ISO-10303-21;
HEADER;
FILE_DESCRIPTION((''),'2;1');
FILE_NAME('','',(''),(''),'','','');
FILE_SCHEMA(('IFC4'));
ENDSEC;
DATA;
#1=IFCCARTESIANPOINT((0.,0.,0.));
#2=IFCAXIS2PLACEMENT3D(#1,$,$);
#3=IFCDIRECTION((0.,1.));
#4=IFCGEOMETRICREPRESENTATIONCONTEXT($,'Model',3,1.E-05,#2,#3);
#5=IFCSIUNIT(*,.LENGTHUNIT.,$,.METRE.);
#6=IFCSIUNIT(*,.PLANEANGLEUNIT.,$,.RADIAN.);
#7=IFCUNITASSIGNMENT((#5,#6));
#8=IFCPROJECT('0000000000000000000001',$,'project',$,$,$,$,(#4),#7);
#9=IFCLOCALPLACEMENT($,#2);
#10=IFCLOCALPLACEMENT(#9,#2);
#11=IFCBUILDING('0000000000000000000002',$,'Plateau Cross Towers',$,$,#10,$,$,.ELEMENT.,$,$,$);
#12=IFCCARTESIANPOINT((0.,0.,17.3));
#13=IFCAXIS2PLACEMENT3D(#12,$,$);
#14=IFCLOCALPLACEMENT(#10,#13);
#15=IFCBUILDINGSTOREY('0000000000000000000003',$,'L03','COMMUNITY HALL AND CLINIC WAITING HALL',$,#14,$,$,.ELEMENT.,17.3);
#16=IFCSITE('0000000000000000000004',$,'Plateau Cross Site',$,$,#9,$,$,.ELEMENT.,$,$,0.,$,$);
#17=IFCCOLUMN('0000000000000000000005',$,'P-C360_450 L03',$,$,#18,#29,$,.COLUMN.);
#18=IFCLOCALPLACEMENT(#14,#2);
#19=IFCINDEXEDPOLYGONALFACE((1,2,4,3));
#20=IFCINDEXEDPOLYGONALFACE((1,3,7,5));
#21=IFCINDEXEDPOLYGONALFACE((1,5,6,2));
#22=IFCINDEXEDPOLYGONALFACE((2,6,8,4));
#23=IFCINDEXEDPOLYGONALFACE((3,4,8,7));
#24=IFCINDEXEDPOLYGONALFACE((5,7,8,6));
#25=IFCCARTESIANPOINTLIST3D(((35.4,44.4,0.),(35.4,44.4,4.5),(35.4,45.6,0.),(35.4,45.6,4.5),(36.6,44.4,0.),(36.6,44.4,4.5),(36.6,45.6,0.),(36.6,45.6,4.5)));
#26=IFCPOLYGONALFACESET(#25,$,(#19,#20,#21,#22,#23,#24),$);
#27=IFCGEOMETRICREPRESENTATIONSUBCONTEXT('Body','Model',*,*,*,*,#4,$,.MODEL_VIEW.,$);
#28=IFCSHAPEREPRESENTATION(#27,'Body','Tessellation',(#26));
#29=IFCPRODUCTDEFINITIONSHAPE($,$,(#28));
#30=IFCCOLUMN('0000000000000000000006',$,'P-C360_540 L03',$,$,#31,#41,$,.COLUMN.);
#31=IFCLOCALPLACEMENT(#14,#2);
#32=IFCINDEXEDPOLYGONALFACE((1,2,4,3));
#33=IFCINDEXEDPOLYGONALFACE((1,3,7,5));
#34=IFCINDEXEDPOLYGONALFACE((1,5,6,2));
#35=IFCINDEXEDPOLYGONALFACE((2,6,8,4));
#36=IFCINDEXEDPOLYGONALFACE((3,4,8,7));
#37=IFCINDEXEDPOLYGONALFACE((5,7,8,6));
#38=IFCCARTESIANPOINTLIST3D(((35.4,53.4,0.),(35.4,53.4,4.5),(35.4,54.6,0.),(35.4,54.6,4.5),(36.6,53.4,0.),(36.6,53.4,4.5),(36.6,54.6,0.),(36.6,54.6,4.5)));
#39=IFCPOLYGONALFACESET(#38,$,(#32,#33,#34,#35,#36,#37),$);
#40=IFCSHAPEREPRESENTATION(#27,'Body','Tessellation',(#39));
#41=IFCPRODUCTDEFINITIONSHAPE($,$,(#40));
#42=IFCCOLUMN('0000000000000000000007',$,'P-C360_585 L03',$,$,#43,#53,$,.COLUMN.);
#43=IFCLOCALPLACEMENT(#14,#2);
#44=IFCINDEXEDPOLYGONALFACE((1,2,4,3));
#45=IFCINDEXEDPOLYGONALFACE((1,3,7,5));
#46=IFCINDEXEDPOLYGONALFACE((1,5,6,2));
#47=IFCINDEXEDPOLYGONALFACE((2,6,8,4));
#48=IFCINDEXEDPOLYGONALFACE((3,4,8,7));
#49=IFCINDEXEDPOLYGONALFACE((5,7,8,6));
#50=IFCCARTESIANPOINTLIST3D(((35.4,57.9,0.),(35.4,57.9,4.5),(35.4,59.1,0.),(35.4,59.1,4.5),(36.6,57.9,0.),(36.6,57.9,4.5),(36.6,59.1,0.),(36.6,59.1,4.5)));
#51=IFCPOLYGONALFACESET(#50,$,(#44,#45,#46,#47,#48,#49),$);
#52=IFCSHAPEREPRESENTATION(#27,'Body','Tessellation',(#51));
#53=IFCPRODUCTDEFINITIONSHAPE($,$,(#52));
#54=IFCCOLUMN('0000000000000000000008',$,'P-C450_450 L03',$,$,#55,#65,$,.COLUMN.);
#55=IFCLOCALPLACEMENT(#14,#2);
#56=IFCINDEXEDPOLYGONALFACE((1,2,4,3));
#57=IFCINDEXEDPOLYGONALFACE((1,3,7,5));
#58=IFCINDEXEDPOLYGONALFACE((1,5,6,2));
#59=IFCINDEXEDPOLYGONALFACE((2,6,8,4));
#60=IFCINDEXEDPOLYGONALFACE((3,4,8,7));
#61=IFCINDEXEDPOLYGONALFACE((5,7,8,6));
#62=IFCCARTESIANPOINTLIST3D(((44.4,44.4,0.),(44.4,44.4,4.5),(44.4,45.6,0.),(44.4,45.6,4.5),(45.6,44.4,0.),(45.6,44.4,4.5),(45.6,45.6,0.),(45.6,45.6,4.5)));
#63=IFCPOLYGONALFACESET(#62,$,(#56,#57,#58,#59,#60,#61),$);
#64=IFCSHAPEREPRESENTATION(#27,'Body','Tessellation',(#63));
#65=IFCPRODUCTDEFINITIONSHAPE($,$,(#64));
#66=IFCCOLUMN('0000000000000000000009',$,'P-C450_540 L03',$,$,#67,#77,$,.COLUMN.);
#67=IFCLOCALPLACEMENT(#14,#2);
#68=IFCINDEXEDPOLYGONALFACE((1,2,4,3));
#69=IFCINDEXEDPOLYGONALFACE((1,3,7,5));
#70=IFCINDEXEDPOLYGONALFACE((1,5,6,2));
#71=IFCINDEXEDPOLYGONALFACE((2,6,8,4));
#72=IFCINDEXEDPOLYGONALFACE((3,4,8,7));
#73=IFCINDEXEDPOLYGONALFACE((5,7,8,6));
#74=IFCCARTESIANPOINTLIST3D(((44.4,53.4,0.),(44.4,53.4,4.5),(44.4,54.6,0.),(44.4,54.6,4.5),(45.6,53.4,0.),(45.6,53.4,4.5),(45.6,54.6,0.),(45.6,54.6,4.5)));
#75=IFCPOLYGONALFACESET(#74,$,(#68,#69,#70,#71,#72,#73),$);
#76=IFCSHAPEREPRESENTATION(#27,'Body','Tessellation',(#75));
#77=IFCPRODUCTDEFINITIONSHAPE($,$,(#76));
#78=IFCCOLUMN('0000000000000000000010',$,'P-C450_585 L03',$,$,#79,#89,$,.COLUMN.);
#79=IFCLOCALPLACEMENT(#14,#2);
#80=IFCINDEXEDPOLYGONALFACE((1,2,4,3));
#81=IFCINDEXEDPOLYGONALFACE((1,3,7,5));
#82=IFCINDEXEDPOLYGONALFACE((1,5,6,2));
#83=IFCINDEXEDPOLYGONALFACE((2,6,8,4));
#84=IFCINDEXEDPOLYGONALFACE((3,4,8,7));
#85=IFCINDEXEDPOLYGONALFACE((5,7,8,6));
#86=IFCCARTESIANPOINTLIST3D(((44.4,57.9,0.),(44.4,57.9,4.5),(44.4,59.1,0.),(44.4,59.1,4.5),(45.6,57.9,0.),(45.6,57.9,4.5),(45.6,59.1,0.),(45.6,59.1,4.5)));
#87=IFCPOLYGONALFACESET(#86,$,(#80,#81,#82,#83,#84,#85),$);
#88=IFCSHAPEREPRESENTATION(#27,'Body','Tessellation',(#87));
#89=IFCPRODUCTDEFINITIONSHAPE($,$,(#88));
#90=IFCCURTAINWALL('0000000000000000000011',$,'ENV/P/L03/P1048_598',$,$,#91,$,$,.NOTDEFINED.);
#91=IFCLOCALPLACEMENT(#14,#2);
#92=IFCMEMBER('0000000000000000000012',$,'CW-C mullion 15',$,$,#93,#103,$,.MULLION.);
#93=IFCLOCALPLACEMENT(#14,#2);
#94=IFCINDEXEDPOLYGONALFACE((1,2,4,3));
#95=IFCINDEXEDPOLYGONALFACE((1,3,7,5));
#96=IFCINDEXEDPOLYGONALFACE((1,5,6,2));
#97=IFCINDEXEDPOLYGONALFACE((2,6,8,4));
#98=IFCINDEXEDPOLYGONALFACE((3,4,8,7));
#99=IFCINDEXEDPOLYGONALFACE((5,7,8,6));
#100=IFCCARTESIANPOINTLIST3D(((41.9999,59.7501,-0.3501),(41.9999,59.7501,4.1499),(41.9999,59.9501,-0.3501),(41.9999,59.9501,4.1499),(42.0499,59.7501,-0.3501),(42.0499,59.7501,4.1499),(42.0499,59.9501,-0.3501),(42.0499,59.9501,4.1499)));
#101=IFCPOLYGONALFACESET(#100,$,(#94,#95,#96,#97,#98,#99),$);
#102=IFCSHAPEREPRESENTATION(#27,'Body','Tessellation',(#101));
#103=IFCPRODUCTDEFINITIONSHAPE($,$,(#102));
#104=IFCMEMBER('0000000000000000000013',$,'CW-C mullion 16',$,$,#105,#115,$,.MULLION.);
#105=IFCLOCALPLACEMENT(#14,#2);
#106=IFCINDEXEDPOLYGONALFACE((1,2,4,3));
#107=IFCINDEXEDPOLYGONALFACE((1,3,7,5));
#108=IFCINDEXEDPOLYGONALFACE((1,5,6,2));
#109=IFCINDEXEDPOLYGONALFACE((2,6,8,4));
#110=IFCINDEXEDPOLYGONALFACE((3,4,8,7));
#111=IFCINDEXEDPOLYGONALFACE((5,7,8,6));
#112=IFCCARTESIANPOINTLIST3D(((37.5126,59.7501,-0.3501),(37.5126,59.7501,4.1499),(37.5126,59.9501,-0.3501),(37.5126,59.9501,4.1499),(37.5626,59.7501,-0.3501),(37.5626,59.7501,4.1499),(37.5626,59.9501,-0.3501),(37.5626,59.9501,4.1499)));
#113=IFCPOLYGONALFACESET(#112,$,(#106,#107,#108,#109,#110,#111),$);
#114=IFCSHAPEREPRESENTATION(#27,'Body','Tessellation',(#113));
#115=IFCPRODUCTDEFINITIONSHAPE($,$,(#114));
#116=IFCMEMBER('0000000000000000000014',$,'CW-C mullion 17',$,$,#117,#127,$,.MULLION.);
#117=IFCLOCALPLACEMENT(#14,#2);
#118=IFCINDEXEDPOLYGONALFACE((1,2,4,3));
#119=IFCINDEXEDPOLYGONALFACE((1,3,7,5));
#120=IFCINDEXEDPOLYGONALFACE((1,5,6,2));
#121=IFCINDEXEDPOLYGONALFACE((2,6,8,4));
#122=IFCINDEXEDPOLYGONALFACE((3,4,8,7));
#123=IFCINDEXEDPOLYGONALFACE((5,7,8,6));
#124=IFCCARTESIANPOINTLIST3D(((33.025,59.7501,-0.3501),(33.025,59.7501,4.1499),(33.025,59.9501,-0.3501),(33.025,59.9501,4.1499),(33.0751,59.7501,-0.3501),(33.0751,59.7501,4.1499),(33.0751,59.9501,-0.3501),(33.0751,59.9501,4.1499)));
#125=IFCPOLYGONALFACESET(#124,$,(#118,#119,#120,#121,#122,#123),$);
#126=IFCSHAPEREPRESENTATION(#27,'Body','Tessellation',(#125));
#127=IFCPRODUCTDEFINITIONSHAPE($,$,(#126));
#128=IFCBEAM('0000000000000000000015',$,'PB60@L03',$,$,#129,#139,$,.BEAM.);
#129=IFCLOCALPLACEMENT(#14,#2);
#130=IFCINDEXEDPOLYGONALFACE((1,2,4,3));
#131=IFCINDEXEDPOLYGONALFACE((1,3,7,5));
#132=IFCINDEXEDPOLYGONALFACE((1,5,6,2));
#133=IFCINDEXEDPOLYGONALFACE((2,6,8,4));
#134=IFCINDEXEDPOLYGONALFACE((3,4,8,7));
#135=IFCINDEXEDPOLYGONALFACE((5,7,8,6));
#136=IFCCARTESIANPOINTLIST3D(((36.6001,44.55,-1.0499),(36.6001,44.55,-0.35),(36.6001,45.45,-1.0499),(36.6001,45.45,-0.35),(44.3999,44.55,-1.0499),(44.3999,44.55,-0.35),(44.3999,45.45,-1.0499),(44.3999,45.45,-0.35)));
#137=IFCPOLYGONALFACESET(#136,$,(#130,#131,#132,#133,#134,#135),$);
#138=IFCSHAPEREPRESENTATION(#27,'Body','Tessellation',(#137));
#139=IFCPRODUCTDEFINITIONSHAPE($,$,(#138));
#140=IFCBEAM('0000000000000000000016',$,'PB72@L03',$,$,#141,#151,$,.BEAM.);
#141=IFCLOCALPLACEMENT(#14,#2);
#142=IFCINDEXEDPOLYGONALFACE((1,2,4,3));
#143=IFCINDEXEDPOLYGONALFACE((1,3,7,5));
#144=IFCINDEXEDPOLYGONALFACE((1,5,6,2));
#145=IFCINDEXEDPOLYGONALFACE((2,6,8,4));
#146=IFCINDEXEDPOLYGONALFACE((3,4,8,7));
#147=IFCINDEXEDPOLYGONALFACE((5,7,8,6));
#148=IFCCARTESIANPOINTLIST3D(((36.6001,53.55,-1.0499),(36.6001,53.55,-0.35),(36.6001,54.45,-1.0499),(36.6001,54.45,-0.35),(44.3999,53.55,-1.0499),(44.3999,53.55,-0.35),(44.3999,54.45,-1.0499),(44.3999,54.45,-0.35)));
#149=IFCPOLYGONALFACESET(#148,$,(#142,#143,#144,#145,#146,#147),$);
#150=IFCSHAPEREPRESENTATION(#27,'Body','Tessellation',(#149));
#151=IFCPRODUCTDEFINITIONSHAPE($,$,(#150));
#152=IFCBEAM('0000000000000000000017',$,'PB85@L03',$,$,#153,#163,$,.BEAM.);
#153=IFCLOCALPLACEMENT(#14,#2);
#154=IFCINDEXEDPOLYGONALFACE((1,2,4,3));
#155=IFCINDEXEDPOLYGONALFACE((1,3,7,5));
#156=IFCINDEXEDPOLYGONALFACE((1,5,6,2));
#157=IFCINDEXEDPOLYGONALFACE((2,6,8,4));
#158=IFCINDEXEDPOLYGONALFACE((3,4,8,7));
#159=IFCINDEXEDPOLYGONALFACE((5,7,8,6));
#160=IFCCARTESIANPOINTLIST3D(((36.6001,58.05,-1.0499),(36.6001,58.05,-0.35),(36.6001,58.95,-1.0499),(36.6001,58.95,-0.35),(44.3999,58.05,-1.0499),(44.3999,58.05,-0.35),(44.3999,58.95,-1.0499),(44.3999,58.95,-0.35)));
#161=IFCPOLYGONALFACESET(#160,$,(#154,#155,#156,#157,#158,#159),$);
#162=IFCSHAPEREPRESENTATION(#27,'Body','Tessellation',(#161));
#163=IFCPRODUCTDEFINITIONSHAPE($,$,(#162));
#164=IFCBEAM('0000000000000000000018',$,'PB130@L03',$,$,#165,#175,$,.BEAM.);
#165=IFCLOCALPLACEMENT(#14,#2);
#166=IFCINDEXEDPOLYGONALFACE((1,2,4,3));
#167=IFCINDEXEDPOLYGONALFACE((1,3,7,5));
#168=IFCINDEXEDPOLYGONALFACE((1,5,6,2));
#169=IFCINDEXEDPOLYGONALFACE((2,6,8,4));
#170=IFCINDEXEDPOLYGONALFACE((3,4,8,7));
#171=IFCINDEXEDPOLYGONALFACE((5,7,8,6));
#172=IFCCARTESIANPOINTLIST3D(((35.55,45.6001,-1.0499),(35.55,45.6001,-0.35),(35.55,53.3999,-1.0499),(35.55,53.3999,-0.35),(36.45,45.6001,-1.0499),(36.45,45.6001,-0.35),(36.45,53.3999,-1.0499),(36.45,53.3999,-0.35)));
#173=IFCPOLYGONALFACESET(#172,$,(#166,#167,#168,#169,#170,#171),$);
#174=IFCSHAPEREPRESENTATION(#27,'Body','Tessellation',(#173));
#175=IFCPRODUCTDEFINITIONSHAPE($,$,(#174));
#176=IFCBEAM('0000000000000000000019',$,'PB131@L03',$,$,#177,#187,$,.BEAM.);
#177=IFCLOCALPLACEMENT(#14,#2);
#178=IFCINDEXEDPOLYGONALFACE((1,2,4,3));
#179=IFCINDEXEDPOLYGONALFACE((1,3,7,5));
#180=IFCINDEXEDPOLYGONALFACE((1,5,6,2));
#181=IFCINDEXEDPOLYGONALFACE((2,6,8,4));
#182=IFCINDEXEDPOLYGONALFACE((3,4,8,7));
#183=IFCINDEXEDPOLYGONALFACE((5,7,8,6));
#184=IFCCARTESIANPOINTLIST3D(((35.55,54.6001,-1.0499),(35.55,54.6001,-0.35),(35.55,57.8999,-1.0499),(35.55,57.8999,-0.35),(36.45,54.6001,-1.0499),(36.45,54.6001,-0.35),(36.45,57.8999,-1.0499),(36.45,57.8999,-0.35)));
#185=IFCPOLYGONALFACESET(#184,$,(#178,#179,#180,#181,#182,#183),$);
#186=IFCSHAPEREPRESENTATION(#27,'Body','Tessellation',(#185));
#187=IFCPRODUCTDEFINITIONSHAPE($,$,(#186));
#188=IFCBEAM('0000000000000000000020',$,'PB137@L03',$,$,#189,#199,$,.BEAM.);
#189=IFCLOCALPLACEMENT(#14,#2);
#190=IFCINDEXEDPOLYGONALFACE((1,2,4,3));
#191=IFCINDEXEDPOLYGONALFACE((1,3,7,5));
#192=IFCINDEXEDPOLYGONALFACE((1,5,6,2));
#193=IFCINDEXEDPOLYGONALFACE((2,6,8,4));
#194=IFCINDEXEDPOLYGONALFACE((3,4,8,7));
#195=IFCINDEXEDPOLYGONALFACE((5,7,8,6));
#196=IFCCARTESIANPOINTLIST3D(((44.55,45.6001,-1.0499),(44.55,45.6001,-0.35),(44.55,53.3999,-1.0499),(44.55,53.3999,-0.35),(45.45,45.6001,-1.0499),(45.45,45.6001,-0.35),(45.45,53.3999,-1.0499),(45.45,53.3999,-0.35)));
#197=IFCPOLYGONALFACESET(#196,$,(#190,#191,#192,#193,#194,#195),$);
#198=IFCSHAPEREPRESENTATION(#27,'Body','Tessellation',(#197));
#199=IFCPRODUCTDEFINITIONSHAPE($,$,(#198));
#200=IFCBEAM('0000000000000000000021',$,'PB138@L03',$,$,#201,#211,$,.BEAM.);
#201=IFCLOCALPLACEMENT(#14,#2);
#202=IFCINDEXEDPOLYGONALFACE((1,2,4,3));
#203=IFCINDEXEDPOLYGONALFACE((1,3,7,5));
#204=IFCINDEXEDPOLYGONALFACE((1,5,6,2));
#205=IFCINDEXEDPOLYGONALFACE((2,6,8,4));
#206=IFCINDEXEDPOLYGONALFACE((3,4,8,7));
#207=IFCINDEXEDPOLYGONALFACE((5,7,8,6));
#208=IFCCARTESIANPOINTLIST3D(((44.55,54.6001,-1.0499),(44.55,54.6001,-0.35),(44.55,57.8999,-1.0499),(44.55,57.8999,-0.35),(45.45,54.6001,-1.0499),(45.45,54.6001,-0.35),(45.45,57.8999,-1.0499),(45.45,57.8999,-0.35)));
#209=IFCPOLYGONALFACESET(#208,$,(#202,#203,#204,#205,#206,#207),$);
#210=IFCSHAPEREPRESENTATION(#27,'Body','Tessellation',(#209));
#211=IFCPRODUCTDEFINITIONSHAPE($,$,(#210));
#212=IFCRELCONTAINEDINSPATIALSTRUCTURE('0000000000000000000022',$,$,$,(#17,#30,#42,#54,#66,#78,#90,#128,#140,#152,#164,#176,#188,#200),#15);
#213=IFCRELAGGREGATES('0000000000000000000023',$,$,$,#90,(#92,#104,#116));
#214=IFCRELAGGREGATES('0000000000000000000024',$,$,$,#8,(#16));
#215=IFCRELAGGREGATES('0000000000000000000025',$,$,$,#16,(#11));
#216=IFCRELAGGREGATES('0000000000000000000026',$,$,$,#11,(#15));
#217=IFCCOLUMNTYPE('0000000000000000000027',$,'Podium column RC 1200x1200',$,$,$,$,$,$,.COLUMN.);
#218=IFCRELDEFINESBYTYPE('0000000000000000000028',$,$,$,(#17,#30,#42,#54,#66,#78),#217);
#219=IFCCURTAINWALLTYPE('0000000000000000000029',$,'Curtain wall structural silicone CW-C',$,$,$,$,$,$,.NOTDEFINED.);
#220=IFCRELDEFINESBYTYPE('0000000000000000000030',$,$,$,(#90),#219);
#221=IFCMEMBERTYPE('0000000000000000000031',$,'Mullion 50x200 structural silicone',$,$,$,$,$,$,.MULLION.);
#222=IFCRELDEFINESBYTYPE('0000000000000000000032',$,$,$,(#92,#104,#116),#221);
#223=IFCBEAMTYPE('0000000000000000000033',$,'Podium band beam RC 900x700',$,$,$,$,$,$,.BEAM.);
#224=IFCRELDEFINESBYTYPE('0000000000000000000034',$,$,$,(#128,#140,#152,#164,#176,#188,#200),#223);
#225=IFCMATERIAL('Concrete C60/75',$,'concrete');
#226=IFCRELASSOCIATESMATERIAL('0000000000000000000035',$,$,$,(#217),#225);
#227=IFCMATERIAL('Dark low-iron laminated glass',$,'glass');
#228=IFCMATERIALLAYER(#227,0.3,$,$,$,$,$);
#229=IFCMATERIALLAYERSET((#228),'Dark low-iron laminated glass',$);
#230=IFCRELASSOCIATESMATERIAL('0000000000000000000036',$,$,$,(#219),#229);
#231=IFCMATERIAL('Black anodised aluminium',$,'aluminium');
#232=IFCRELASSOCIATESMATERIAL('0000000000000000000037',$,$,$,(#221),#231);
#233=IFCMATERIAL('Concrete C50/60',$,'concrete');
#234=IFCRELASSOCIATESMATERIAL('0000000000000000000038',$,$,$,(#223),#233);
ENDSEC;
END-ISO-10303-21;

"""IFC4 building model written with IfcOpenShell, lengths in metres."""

from ifc_helpers import new_model, si_unit, direction, frame, origin, origin_2d, place, context, subcontext, project, spatial, rectangle, extrude, material, layer, layer_set, material_profile, profile_set, type_object, element, aggregate, save


model = new_model("IFC4")

# Units and contexts
model_context = context("Model", 3, precision=1e-05, world=origin(), true_north=direction((0.0, 1.0)))
body_context = subcontext(model_context, "Body", "Model", "MODEL_VIEW")
ifc_project = project(units=[si_unit("LENGTHUNIT", "METRE"), si_unit("PLANEANGLEUNIT", "RADIAN")], contexts=[model_context])

# Site, building, storey
site_placement = place(None, origin())
site = spatial("IfcSite", under=ifc_project, at=site_placement, Name="Plateau Cross Site", CompositionType="ELEMENT", RefElevation=0.0)
building_placement = place(site_placement, origin())
building = spatial("IfcBuilding", under=site, at=building_placement, Name="Plateau Cross Towers", CompositionType="ELEMENT")
storey_placement = place(building_placement, frame((0.0, 0.0, 17.3)))
storey = spatial("IfcBuildingStorey", under=building, at=storey_placement, Name="L03", Description="COMMUNITY HALL AND CLINIC WAITING HALL", CompositionType="ELEMENT", Elevation=17.3)

# Columns
ifc_material_1 = material(Name="Concrete C60/75", Category="concrete")
ifc_material_profile_1 = material_profile(ifc_material_1, rectangle(XDim=1.2, YDim=1.2, at=origin_2d()), Name="RC 1200x1200")
ifc_profile_set_1 = profile_set([ifc_material_profile_1], Name="Concrete C60/75")
column_type = type_object("IfcColumnType", Name="Podium column RC 1200x1200", PredefinedType="COLUMN", material=ifc_profile_set_1)
for number, where, z_axis, x_axis, name in (
    (1, (36.0, 45.0, 0.0), (0.0, 0.0, 1.0), (1.0, 0.0, 0.0), "P-C360_450 L03"),
    (2, (36.0, 54.0, 0.0), (0.0, 0.0, 1.0), (1.0, 0.0, 0.0), "P-C360_540 L03"),
    (3, (36.0, 58.5, 0.0), (0.0, 0.0, 1.0), (1.0, 0.0, 0.0), "P-C360_585 L03"),
    (4, (45.0, 45.0, 0.0), (0.0, 0.0, 1.0), (1.0, 0.0, 0.0), "P-C450_450 L03"),
    (5, (45.0, 54.0, 0.0), (0.0, 0.0, 1.0), (1.0, 0.0, 0.0), "P-C450_540 L03"),
    (6, (45.0, 58.5, 0.0), (0.0, 0.0, 1.0), (1.0, 0.0, 0.0), "P-C450_585 L03"),
):
    element("IfcColumn", number, at=place(storey_placement, frame(where, z_axis=z_axis, x_axis=x_axis)), inside=storey, type_object=column_type, Name=name, PredefinedType="COLUMN", context=body_context, shape_type="SweptSolid", body=[
        extrude(rectangle(XDim=1.2, YDim=1.2, at=origin_2d()), origin(), (0.0, 0.0, 1.0), 4.5),
    ])

# Curtain wall, members
ifc_material_2 = material(Name="Dark low-iron laminated glass", Category="glass")
ifc_layer_1 = layer(ifc_material_2, 0.3)
ifc_layer_set_1 = layer_set([ifc_layer_1], Name="Dark low-iron laminated glass")
curtain_wall_type = type_object("IfcCurtainWallType", Name="Curtain wall structural silicone CW-C", PredefinedType="NOTDEFINED", material=ifc_layer_set_1)
curtain_wall_placement = place(storey_placement, origin())
curtain_wall = element("IfcCurtainWall", 7, at=curtain_wall_placement, inside=storey, type_object=curtain_wall_type, Name="ENV/P/L03/P1048_598", PredefinedType="NOTDEFINED")
ifc_material_3 = material(Name="Black anodised aluminium", Category="aluminium")
ifc_material_profile_2 = material_profile(ifc_material_3, rectangle(XDim=0.05, YDim=0.2, at=origin_2d()), Name="MULLION 50x200")
ifc_profile_set_2 = profile_set([ifc_material_profile_2], Name="Black anodised aluminium")
member_type = type_object("IfcMemberType", Name="Mullion 50x200 structural silicone", PredefinedType="MULLION", material=ifc_profile_set_2)
member_1_placement = place(storey_placement, frame((42.0249, 59.8501, -0.3501), z_axis=(0.0, 0.0, 1.0), x_axis=(-1.0, 0.0, 0.0)))
member_1 = element("IfcMember", 8, at=member_1_placement, type_object=member_type, Name="CW-C mullion 15", PredefinedType="MULLION", context=body_context, shape_type="SweptSolid", body=[
    extrude(rectangle(XDim=0.05, YDim=0.2, at=origin_2d()), origin(), (0.0, 0.0, 1.0), 4.5),
])
member_2_placement = place(storey_placement, frame((37.5376, 59.8501, -0.3501), z_axis=(0.0, 0.0, 1.0), x_axis=(-1.0, 0.0, 0.0)))
member_2 = element("IfcMember", 9, at=member_2_placement, type_object=member_type, Name="CW-C mullion 16", PredefinedType="MULLION", context=body_context, shape_type="SweptSolid", body=[
    extrude(rectangle(XDim=0.05, YDim=0.2, at=origin_2d()), origin(), (0.0, 0.0, 1.0), 4.5),
])
member_3_placement = place(storey_placement, frame((33.05, 59.8501, -0.3501), z_axis=(0.0, 0.0, 1.0), x_axis=(-1.0, 0.0, 0.0)))
member_3 = element("IfcMember", 10, at=member_3_placement, type_object=member_type, Name="CW-C mullion 17", PredefinedType="MULLION", context=body_context, shape_type="SweptSolid", body=[
    extrude(rectangle(XDim=0.05, YDim=0.2, at=origin_2d()), origin(), (0.0, 0.0, 1.0), 4.5),
])

# Beams
ifc_material_4 = material(Name="Concrete C50/60", Category="concrete")
ifc_material_profile_3 = material_profile(ifc_material_4, rectangle(XDim=0.8999, YDim=0.7, at=origin_2d()), Name="RC 900x700")
ifc_profile_set_3 = profile_set([ifc_material_profile_3], Name="Concrete C50/60")
beam_type = type_object("IfcBeamType", Name="Podium band beam RC 900x700", PredefinedType="BEAM", material=ifc_profile_set_3)
for number, where, z_axis, x_axis, name in (
    (11, (36.6001, 45.0, -0.7), (1.0, 0.0, 0.0), (0.0, 1.0, 0.0), "PB60@L03"),
    (12, (36.6001, 54.0, -0.7), (1.0, 0.0, 0.0), (0.0, 1.0, 0.0), "PB72@L03"),
    (13, (36.6001, 58.5, -0.7), (1.0, 0.0, 0.0), (0.0, 1.0, 0.0), "PB85@L03"),
    (14, (36.0, 45.6001, -0.7), (0.0, 1.0, 0.0), (-1.0, 0.0, 0.0), "PB130@L03"),
):
    element("IfcBeam", number, at=place(storey_placement, frame(where, z_axis=z_axis, x_axis=x_axis)), inside=storey, type_object=beam_type, Name=name, PredefinedType="BEAM", context=body_context, shape_type="SweptSolid", body=[
        extrude(rectangle(XDim=0.8999, YDim=0.7, at=origin_2d()), origin(), (0.0, 0.0, 1.0), 7.7998),
    ])
beam_1_placement = place(storey_placement, frame((36.0, 54.6001, -0.7), z_axis=(0.0, 1.0, 0.0), x_axis=(-1.0, 0.0, 0.0)))
element("IfcBeam", 15, at=beam_1_placement, inside=storey, type_object=beam_type, Name="PB131@L03", PredefinedType="BEAM", context=body_context, shape_type="SweptSolid", body=[
    extrude(rectangle(XDim=0.8999, YDim=0.7, at=origin_2d()), origin(), (0.0, 0.0, 1.0), 3.2998),
])
beam_2_placement = place(storey_placement, frame((45.0, 45.6001, -0.7), z_axis=(0.0, 1.0, 0.0), x_axis=(-1.0, 0.0, 0.0)))
element("IfcBeam", 16, at=beam_2_placement, inside=storey, type_object=beam_type, Name="PB137@L03", PredefinedType="BEAM", context=body_context, shape_type="SweptSolid", body=[
    extrude(rectangle(XDim=0.8999, YDim=0.7, at=origin_2d()), origin(), (0.0, 0.0, 1.0), 7.7998),
])
beam_3_placement = place(storey_placement, frame((45.0, 54.6001, -0.7), z_axis=(0.0, 1.0, 0.0), x_axis=(-1.0, 0.0, 0.0)))
element("IfcBeam", 17, at=beam_3_placement, inside=storey, type_object=beam_type, Name="PB138@L03", PredefinedType="BEAM", context=body_context, shape_type="SweptSolid", body=[
    extrude(rectangle(XDim=0.8999, YDim=0.7, at=origin_2d()), origin(), (0.0, 0.0, 1.0), 3.2998),
])

aggregate(curtain_wall, [member_1, member_2, member_3])

save(model, "model.ifc")
